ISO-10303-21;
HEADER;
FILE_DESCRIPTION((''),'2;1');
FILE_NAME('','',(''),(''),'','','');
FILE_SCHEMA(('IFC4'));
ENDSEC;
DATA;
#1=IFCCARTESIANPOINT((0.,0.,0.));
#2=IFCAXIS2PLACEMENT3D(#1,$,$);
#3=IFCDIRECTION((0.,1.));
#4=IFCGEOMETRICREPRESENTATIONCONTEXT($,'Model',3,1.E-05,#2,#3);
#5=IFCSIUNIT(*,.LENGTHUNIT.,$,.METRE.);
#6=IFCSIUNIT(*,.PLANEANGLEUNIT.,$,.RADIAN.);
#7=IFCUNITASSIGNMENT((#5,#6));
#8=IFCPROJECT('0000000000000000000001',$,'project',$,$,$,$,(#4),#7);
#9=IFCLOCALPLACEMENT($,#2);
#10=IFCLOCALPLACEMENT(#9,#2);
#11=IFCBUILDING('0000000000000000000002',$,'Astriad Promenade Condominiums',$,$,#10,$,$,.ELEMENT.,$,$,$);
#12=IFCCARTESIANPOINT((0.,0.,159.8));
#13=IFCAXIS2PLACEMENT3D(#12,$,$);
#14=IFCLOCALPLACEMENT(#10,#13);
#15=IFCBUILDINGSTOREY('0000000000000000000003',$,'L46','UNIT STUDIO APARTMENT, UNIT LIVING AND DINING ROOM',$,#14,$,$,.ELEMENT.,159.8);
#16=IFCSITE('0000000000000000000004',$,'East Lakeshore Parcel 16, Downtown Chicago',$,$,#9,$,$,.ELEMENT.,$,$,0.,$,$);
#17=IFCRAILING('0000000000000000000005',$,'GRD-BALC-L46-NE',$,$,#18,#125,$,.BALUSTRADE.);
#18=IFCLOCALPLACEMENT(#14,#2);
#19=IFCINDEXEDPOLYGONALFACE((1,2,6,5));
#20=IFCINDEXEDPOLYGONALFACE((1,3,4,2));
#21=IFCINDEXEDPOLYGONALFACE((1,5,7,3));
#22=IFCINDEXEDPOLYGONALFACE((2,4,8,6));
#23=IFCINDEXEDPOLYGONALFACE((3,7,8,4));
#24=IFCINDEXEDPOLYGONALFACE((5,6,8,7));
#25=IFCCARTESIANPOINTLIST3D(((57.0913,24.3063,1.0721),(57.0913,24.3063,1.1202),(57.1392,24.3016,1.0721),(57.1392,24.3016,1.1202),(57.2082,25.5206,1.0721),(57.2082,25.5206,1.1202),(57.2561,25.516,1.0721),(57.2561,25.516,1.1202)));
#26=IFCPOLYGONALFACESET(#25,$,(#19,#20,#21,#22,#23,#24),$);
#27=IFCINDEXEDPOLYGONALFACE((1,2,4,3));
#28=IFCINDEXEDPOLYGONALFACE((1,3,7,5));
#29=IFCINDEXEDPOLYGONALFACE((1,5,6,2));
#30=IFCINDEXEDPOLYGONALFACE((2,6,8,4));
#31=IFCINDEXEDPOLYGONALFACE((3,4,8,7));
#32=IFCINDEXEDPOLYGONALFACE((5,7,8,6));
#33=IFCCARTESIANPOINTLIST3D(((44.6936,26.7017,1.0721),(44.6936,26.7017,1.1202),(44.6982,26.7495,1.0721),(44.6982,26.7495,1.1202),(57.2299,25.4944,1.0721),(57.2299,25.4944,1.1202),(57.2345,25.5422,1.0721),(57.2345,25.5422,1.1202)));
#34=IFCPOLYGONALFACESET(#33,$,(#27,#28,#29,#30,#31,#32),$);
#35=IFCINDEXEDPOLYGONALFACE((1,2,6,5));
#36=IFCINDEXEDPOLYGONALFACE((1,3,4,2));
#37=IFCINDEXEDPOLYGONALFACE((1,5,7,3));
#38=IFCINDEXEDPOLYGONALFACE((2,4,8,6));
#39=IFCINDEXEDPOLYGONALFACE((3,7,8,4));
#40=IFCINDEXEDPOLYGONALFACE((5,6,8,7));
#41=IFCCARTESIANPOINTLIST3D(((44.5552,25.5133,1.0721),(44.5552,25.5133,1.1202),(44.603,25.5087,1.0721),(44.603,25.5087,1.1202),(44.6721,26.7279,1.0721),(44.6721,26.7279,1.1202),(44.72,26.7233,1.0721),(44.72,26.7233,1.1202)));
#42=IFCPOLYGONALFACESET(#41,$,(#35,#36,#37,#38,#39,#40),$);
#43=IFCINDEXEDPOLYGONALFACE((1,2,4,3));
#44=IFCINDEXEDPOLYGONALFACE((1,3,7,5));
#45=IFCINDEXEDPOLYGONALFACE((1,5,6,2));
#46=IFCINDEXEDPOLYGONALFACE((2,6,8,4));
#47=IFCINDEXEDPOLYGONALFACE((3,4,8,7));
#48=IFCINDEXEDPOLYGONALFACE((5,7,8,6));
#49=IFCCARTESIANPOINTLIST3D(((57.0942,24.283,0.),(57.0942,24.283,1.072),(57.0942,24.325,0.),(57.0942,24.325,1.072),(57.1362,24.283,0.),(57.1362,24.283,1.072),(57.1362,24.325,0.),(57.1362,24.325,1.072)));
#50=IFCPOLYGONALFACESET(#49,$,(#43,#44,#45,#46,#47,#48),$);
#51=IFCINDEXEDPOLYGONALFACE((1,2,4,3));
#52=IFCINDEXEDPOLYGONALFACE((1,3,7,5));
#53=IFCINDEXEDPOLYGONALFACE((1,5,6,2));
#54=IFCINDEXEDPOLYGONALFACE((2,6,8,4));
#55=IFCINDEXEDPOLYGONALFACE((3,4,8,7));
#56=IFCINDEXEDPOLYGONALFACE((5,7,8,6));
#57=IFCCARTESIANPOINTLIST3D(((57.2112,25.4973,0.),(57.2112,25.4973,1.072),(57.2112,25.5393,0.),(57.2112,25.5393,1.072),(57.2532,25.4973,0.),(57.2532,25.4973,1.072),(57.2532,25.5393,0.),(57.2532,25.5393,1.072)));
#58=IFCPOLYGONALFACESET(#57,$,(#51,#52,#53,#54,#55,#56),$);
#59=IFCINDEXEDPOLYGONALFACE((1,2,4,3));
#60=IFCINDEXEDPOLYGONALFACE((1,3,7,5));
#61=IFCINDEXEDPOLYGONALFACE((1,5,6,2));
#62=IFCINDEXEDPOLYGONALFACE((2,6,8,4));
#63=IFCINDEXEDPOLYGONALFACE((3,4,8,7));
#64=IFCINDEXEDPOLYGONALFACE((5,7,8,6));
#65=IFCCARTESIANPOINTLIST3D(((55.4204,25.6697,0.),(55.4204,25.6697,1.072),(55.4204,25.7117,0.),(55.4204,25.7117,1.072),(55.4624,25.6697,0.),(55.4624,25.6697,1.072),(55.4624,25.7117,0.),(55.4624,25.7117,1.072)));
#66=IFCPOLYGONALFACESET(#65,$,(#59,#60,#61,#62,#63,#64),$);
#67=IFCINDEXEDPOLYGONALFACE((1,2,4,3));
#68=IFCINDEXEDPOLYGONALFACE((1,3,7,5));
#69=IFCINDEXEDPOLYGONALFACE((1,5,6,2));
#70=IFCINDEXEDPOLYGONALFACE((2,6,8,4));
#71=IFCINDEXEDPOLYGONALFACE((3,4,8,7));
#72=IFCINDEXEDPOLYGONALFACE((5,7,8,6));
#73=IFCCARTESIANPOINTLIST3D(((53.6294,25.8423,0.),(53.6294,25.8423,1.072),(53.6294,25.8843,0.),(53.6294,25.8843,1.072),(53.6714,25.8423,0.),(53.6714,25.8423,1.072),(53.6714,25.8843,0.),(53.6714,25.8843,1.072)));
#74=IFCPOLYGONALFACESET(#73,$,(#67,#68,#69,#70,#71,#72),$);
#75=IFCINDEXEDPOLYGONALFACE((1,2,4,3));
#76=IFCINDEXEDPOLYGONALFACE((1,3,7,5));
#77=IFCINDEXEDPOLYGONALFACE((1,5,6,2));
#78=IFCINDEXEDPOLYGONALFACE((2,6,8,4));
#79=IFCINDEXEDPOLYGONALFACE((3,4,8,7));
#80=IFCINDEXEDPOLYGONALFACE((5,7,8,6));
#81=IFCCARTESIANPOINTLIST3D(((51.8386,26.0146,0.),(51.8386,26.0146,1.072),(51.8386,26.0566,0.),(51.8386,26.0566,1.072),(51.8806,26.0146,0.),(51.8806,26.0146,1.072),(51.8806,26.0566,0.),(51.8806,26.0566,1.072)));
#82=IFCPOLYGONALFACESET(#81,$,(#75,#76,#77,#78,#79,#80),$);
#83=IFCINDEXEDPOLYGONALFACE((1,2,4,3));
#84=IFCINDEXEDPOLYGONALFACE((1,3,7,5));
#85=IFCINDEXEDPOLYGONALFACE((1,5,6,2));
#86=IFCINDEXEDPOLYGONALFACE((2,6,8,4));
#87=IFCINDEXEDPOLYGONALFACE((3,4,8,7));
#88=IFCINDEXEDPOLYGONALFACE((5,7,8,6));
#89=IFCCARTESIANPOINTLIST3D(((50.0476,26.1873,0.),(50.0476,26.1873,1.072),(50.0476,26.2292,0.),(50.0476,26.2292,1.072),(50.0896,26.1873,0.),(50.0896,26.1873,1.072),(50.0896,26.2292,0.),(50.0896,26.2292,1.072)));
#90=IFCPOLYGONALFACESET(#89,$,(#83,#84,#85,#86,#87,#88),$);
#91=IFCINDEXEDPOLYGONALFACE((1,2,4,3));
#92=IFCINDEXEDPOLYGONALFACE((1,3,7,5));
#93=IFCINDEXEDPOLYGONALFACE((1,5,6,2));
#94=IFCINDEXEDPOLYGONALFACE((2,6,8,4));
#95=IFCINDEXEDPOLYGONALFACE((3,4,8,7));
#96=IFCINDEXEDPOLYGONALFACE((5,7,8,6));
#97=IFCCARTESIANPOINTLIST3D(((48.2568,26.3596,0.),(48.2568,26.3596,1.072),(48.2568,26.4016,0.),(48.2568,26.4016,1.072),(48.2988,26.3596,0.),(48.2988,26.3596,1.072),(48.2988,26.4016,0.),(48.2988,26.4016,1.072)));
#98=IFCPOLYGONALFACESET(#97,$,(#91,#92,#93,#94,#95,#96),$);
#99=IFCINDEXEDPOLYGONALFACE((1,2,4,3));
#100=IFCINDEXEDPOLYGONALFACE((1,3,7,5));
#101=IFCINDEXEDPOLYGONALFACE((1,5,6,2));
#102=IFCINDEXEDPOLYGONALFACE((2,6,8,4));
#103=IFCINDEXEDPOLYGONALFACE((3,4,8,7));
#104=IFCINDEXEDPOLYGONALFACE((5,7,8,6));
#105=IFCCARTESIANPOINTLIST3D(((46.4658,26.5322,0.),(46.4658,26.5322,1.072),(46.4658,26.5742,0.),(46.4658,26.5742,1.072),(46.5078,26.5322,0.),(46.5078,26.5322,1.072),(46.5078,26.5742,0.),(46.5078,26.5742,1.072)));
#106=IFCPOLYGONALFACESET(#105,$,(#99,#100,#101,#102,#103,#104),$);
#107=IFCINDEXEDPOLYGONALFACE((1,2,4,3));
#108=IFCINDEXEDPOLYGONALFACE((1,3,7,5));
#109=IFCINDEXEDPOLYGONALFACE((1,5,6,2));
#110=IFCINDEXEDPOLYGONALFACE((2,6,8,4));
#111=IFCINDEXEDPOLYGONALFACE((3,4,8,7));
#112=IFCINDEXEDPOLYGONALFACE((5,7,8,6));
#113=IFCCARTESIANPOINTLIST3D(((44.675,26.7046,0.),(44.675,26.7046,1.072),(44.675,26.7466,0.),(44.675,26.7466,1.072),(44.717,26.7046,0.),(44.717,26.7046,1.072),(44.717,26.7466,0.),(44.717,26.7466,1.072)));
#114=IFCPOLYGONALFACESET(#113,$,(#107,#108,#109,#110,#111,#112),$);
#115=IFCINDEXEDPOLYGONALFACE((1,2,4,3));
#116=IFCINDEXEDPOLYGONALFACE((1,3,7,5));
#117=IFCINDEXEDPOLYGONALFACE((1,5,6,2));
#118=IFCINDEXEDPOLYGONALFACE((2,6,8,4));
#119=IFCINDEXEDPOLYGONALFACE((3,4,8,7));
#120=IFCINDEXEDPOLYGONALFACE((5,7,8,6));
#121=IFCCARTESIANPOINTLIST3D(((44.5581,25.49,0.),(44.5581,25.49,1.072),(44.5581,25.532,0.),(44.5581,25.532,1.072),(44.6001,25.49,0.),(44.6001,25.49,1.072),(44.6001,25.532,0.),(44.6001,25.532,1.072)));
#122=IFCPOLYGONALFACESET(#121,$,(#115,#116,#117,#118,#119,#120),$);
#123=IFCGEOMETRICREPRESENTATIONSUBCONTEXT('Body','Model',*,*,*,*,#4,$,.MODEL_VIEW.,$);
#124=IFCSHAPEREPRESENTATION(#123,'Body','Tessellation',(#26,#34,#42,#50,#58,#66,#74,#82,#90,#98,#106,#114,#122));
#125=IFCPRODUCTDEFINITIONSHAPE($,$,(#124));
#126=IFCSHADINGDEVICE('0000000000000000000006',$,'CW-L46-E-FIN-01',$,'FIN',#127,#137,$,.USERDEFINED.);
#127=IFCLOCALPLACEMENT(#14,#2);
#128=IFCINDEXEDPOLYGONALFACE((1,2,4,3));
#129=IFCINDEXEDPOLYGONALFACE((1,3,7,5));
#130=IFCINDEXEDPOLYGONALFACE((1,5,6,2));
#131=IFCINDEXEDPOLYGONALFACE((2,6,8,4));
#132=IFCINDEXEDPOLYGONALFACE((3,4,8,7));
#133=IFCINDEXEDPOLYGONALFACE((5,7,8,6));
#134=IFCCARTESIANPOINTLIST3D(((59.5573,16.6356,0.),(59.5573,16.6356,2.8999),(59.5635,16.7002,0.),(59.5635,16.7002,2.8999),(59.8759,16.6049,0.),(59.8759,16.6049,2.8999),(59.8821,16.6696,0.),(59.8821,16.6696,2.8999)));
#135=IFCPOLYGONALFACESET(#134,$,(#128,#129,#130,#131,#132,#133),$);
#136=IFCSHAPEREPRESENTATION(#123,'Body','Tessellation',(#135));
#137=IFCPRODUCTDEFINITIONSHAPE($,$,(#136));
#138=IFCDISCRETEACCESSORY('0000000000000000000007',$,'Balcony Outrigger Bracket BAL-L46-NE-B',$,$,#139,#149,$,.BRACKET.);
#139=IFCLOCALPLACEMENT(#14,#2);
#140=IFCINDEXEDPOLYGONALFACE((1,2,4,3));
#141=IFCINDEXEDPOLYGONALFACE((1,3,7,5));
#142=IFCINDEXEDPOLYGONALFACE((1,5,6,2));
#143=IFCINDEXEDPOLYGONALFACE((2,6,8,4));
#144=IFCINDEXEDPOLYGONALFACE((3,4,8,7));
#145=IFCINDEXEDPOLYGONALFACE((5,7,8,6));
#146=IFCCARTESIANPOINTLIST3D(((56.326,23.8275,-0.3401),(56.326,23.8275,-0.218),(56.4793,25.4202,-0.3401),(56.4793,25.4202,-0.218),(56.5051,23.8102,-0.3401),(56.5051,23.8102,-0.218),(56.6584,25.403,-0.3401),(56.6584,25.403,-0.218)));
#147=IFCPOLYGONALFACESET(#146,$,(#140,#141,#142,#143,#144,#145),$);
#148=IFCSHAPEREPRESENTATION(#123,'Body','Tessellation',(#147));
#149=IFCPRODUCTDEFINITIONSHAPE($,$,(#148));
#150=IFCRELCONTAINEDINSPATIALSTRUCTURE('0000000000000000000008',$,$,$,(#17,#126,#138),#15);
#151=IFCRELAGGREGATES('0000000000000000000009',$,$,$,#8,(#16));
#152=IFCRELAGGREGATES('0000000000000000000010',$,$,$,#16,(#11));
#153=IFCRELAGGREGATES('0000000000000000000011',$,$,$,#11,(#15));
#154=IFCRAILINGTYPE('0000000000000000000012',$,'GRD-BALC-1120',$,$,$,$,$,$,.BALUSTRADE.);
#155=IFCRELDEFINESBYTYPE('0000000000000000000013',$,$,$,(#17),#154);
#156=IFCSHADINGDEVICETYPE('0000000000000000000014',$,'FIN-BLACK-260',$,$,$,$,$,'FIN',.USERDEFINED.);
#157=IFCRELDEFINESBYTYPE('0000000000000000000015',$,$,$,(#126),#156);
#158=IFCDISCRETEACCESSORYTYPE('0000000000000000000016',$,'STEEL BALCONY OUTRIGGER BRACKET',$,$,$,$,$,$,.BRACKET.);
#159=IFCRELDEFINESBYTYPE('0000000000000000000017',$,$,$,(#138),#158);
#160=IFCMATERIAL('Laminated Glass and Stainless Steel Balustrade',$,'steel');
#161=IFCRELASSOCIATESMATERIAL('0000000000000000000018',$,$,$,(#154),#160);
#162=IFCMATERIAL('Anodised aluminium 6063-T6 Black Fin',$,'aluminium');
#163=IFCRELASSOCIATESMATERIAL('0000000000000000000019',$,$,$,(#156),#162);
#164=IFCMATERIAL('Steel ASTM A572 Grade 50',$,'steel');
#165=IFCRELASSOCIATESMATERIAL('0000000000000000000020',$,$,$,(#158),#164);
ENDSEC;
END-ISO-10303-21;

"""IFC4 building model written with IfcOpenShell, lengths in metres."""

from ifc_helpers import new_model, si_unit, direction, frame, origin, origin_2d, place, context, subcontext, project, spatial, rectangle, extrude, source, transform, mapped, material, type_object, type_shapes, element, save


model = new_model("IFC4")

# Units and contexts
model_context = context("Model", 3, precision=1e-05, world=origin(), true_north=direction((0.0, 1.0)))
body_context = subcontext(model_context, "Body", "Model", "MODEL_VIEW")
ifc_project = project(units=[si_unit("LENGTHUNIT", "METRE"), si_unit("PLANEANGLEUNIT", "RADIAN")], contexts=[model_context])

# Site, building, storey
site_placement = place(None, origin())
site = spatial("IfcSite", under=ifc_project, at=site_placement, Name="East Lakeshore Parcel 16, Downtown Chicago", CompositionType="ELEMENT", RefElevation=0.0)
building_placement = place(site_placement, origin())
building = spatial("IfcBuilding", under=site, at=building_placement, Name="Astriad Promenade Condominiums", CompositionType="ELEMENT")
storey_placement = place(building_placement, frame((0.0, 0.0, 159.8)))
storey = spatial("IfcBuildingStorey", under=building, at=storey_placement, Name="L46", Description="UNIT STUDIO APARTMENT, UNIT LIVING AND DINING ROOM", CompositionType="ELEMENT", Elevation=159.8)

# Railing
ifc_material_1 = material(Name="Laminated Glass and Stainless Steel Balustrade", Category="steel")
railing_type = type_object("IfcRailingType", Name="GRD-BALC-1120", PredefinedType="BALUSTRADE", material=ifc_material_1)
shared_shape_1 = source(origin(), body_context, "Body", "SweptSolid", [
    extrude(rectangle(XDim=0.0481, YDim=0.0481, at=origin_2d()), frame((0.0, 0.0, 1.0962), z_axis=(0.095857, 0.995395, 0.0), x_axis=(-0.995395, 0.095857, 0.0)), (0.0, 0.0, 1.0), 1.22),
    extrude(rectangle(XDim=0.0481, YDim=0.0481, at=origin_2d()), frame((0.1169, 1.2144, 1.0962), z_axis=(-0.995395, 0.09586, 0.0), x_axis=(-0.09586, -0.995395, 0.0)), (0.0, 0.0, 1.0), 12.5942),
    extrude(rectangle(XDim=0.0481, YDim=0.0481, at=origin_2d()), frame((-12.4192, 2.4216, 1.0962), z_axis=(-0.095838, -0.995397, 0.0), x_axis=(0.995397, -0.095838, 0.0)), (0.0, 0.0, 1.0), 1.2202),
    extrude(rectangle(XDim=0.042, YDim=0.042, at=origin_2d()), origin(), (0.0, 0.0, 1.0), 1.072),
    extrude(rectangle(XDim=0.042, YDim=0.042, at=origin_2d()), frame((0.1169, 1.2144, 0.0)), (0.0, 0.0, 1.0), 1.072),
    extrude(rectangle(XDim=0.042, YDim=0.042, at=origin_2d()), frame((-1.6738, 1.3867, 0.0)), (0.0, 0.0, 1.0), 1.072),
    extrude(rectangle(XDim=0.042, YDim=0.042, at=origin_2d()), frame((-3.4648, 1.5593, 0.0)), (0.0, 0.0, 1.0), 1.072),
    extrude(rectangle(XDim=0.042, YDim=0.042, at=origin_2d()), frame((-5.2556, 1.7317, 0.0)), (0.0, 0.0, 1.0), 1.072),
    extrude(rectangle(XDim=0.042, YDim=0.042, at=origin_2d()), frame((-7.0466, 1.9043, 0.0)), (0.0, 0.0, 1.0), 1.072),
    extrude(rectangle(XDim=0.042, YDim=0.042, at=origin_2d()), frame((-8.8374, 2.0767, 0.0)), (0.0, 0.0, 1.0), 1.072),
    extrude(rectangle(XDim=0.042, YDim=0.042, at=origin_2d()), frame((-10.6284, 2.2493, 0.0)), (0.0, 0.0, 1.0), 1.072),
    extrude(rectangle(XDim=0.042, YDim=0.042, at=origin_2d()), frame((-12.4192, 2.4216, 0.0)), (0.0, 0.0, 1.0), 1.072),
    extrude(rectangle(XDim=0.042, YDim=0.042, at=origin_2d()), frame((-12.5361, 1.207, 0.0)), (0.0, 0.0, 1.0), 1.072),
])
type_shapes(railing_type, [shared_shape_1])
railing_placement = place(storey_placement, frame((57.1152, 24.304, 0.0)))
element("IfcRailing", 1, at=railing_placement, inside=storey, type_object=railing_type, Name="GRD-BALC-L46-NE", PredefinedType="BALUSTRADE", context=body_context, shape_type="MappedRepresentation", body=[
    mapped(shared_shape_1, transform((0.0, 0.0, 0.0), scale=1.0)),
])

# Shading device
ifc_material_2 = material(Name="Anodised aluminium 6063-T6 Black Fin", Category="aluminium")
shading_device_type = type_object("IfcShadingDeviceType", Name="FIN-BLACK-260", ElementType="FIN", PredefinedType="USERDEFINED", material=ifc_material_2)
shared_shape_2 = source(origin(), body_context, "Body", "SweptSolid", [
    extrude(rectangle(XDim=0.0649, YDim=0.3201, at=origin_2d()), origin(), (0.0, 0.0, 1.0), 2.8999),
])
type_shapes(shading_device_type, [shared_shape_2])
shading_device_placement = place(storey_placement, frame((59.7197, 16.6526, 0.0), z_axis=(0.0, 0.0, 1.0), x_axis=(-0.095846, -0.995396, 0.0)))
element("IfcShadingDevice", 2, at=shading_device_placement, inside=storey, type_object=shading_device_type, Name="CW-L46-E-FIN-01", ObjectType="FIN", PredefinedType="USERDEFINED", context=body_context, shape_type="MappedRepresentation", body=[
    mapped(shared_shape_2, transform((0.0, 0.0, 0.0), scale=1.0)),
])

# Discrete accessory
ifc_material_3 = material(Name="Steel ASTM A572 Grade 50", Category="steel")
discrete_accessory_type = type_object("IfcDiscreteAccessoryType", Name="STEEL BALCONY OUTRIGGER BRACKET", PredefinedType="BRACKET", material=ifc_material_3)
shared_shape_3 = source(origin(), body_context, "Body", "SweptSolid", [
    extrude(rectangle(XDim=1.6001, YDim=0.1799, at=origin_2d()), origin(), (0.0, 0.0, 1.0), 0.1221),
])
type_shapes(discrete_accessory_type, [shared_shape_3])
discrete_accessory_placement = place(storey_placement, frame((56.4922, 24.6152, -0.3401), z_axis=(0.0, 0.0, 1.0), x_axis=(0.095846, 0.995396, 0.0)))
element("IfcDiscreteAccessory", 3, at=discrete_accessory_placement, inside=storey, type_object=discrete_accessory_type, Name="Balcony Outrigger Bracket BAL-L46-NE-B", PredefinedType="BRACKET", context=body_context, shape_type="MappedRepresentation", body=[
    mapped(shared_shape_3, transform((0.0, 0.0, 0.0), scale=1.0)),
])

save(model, "model.ifc")
